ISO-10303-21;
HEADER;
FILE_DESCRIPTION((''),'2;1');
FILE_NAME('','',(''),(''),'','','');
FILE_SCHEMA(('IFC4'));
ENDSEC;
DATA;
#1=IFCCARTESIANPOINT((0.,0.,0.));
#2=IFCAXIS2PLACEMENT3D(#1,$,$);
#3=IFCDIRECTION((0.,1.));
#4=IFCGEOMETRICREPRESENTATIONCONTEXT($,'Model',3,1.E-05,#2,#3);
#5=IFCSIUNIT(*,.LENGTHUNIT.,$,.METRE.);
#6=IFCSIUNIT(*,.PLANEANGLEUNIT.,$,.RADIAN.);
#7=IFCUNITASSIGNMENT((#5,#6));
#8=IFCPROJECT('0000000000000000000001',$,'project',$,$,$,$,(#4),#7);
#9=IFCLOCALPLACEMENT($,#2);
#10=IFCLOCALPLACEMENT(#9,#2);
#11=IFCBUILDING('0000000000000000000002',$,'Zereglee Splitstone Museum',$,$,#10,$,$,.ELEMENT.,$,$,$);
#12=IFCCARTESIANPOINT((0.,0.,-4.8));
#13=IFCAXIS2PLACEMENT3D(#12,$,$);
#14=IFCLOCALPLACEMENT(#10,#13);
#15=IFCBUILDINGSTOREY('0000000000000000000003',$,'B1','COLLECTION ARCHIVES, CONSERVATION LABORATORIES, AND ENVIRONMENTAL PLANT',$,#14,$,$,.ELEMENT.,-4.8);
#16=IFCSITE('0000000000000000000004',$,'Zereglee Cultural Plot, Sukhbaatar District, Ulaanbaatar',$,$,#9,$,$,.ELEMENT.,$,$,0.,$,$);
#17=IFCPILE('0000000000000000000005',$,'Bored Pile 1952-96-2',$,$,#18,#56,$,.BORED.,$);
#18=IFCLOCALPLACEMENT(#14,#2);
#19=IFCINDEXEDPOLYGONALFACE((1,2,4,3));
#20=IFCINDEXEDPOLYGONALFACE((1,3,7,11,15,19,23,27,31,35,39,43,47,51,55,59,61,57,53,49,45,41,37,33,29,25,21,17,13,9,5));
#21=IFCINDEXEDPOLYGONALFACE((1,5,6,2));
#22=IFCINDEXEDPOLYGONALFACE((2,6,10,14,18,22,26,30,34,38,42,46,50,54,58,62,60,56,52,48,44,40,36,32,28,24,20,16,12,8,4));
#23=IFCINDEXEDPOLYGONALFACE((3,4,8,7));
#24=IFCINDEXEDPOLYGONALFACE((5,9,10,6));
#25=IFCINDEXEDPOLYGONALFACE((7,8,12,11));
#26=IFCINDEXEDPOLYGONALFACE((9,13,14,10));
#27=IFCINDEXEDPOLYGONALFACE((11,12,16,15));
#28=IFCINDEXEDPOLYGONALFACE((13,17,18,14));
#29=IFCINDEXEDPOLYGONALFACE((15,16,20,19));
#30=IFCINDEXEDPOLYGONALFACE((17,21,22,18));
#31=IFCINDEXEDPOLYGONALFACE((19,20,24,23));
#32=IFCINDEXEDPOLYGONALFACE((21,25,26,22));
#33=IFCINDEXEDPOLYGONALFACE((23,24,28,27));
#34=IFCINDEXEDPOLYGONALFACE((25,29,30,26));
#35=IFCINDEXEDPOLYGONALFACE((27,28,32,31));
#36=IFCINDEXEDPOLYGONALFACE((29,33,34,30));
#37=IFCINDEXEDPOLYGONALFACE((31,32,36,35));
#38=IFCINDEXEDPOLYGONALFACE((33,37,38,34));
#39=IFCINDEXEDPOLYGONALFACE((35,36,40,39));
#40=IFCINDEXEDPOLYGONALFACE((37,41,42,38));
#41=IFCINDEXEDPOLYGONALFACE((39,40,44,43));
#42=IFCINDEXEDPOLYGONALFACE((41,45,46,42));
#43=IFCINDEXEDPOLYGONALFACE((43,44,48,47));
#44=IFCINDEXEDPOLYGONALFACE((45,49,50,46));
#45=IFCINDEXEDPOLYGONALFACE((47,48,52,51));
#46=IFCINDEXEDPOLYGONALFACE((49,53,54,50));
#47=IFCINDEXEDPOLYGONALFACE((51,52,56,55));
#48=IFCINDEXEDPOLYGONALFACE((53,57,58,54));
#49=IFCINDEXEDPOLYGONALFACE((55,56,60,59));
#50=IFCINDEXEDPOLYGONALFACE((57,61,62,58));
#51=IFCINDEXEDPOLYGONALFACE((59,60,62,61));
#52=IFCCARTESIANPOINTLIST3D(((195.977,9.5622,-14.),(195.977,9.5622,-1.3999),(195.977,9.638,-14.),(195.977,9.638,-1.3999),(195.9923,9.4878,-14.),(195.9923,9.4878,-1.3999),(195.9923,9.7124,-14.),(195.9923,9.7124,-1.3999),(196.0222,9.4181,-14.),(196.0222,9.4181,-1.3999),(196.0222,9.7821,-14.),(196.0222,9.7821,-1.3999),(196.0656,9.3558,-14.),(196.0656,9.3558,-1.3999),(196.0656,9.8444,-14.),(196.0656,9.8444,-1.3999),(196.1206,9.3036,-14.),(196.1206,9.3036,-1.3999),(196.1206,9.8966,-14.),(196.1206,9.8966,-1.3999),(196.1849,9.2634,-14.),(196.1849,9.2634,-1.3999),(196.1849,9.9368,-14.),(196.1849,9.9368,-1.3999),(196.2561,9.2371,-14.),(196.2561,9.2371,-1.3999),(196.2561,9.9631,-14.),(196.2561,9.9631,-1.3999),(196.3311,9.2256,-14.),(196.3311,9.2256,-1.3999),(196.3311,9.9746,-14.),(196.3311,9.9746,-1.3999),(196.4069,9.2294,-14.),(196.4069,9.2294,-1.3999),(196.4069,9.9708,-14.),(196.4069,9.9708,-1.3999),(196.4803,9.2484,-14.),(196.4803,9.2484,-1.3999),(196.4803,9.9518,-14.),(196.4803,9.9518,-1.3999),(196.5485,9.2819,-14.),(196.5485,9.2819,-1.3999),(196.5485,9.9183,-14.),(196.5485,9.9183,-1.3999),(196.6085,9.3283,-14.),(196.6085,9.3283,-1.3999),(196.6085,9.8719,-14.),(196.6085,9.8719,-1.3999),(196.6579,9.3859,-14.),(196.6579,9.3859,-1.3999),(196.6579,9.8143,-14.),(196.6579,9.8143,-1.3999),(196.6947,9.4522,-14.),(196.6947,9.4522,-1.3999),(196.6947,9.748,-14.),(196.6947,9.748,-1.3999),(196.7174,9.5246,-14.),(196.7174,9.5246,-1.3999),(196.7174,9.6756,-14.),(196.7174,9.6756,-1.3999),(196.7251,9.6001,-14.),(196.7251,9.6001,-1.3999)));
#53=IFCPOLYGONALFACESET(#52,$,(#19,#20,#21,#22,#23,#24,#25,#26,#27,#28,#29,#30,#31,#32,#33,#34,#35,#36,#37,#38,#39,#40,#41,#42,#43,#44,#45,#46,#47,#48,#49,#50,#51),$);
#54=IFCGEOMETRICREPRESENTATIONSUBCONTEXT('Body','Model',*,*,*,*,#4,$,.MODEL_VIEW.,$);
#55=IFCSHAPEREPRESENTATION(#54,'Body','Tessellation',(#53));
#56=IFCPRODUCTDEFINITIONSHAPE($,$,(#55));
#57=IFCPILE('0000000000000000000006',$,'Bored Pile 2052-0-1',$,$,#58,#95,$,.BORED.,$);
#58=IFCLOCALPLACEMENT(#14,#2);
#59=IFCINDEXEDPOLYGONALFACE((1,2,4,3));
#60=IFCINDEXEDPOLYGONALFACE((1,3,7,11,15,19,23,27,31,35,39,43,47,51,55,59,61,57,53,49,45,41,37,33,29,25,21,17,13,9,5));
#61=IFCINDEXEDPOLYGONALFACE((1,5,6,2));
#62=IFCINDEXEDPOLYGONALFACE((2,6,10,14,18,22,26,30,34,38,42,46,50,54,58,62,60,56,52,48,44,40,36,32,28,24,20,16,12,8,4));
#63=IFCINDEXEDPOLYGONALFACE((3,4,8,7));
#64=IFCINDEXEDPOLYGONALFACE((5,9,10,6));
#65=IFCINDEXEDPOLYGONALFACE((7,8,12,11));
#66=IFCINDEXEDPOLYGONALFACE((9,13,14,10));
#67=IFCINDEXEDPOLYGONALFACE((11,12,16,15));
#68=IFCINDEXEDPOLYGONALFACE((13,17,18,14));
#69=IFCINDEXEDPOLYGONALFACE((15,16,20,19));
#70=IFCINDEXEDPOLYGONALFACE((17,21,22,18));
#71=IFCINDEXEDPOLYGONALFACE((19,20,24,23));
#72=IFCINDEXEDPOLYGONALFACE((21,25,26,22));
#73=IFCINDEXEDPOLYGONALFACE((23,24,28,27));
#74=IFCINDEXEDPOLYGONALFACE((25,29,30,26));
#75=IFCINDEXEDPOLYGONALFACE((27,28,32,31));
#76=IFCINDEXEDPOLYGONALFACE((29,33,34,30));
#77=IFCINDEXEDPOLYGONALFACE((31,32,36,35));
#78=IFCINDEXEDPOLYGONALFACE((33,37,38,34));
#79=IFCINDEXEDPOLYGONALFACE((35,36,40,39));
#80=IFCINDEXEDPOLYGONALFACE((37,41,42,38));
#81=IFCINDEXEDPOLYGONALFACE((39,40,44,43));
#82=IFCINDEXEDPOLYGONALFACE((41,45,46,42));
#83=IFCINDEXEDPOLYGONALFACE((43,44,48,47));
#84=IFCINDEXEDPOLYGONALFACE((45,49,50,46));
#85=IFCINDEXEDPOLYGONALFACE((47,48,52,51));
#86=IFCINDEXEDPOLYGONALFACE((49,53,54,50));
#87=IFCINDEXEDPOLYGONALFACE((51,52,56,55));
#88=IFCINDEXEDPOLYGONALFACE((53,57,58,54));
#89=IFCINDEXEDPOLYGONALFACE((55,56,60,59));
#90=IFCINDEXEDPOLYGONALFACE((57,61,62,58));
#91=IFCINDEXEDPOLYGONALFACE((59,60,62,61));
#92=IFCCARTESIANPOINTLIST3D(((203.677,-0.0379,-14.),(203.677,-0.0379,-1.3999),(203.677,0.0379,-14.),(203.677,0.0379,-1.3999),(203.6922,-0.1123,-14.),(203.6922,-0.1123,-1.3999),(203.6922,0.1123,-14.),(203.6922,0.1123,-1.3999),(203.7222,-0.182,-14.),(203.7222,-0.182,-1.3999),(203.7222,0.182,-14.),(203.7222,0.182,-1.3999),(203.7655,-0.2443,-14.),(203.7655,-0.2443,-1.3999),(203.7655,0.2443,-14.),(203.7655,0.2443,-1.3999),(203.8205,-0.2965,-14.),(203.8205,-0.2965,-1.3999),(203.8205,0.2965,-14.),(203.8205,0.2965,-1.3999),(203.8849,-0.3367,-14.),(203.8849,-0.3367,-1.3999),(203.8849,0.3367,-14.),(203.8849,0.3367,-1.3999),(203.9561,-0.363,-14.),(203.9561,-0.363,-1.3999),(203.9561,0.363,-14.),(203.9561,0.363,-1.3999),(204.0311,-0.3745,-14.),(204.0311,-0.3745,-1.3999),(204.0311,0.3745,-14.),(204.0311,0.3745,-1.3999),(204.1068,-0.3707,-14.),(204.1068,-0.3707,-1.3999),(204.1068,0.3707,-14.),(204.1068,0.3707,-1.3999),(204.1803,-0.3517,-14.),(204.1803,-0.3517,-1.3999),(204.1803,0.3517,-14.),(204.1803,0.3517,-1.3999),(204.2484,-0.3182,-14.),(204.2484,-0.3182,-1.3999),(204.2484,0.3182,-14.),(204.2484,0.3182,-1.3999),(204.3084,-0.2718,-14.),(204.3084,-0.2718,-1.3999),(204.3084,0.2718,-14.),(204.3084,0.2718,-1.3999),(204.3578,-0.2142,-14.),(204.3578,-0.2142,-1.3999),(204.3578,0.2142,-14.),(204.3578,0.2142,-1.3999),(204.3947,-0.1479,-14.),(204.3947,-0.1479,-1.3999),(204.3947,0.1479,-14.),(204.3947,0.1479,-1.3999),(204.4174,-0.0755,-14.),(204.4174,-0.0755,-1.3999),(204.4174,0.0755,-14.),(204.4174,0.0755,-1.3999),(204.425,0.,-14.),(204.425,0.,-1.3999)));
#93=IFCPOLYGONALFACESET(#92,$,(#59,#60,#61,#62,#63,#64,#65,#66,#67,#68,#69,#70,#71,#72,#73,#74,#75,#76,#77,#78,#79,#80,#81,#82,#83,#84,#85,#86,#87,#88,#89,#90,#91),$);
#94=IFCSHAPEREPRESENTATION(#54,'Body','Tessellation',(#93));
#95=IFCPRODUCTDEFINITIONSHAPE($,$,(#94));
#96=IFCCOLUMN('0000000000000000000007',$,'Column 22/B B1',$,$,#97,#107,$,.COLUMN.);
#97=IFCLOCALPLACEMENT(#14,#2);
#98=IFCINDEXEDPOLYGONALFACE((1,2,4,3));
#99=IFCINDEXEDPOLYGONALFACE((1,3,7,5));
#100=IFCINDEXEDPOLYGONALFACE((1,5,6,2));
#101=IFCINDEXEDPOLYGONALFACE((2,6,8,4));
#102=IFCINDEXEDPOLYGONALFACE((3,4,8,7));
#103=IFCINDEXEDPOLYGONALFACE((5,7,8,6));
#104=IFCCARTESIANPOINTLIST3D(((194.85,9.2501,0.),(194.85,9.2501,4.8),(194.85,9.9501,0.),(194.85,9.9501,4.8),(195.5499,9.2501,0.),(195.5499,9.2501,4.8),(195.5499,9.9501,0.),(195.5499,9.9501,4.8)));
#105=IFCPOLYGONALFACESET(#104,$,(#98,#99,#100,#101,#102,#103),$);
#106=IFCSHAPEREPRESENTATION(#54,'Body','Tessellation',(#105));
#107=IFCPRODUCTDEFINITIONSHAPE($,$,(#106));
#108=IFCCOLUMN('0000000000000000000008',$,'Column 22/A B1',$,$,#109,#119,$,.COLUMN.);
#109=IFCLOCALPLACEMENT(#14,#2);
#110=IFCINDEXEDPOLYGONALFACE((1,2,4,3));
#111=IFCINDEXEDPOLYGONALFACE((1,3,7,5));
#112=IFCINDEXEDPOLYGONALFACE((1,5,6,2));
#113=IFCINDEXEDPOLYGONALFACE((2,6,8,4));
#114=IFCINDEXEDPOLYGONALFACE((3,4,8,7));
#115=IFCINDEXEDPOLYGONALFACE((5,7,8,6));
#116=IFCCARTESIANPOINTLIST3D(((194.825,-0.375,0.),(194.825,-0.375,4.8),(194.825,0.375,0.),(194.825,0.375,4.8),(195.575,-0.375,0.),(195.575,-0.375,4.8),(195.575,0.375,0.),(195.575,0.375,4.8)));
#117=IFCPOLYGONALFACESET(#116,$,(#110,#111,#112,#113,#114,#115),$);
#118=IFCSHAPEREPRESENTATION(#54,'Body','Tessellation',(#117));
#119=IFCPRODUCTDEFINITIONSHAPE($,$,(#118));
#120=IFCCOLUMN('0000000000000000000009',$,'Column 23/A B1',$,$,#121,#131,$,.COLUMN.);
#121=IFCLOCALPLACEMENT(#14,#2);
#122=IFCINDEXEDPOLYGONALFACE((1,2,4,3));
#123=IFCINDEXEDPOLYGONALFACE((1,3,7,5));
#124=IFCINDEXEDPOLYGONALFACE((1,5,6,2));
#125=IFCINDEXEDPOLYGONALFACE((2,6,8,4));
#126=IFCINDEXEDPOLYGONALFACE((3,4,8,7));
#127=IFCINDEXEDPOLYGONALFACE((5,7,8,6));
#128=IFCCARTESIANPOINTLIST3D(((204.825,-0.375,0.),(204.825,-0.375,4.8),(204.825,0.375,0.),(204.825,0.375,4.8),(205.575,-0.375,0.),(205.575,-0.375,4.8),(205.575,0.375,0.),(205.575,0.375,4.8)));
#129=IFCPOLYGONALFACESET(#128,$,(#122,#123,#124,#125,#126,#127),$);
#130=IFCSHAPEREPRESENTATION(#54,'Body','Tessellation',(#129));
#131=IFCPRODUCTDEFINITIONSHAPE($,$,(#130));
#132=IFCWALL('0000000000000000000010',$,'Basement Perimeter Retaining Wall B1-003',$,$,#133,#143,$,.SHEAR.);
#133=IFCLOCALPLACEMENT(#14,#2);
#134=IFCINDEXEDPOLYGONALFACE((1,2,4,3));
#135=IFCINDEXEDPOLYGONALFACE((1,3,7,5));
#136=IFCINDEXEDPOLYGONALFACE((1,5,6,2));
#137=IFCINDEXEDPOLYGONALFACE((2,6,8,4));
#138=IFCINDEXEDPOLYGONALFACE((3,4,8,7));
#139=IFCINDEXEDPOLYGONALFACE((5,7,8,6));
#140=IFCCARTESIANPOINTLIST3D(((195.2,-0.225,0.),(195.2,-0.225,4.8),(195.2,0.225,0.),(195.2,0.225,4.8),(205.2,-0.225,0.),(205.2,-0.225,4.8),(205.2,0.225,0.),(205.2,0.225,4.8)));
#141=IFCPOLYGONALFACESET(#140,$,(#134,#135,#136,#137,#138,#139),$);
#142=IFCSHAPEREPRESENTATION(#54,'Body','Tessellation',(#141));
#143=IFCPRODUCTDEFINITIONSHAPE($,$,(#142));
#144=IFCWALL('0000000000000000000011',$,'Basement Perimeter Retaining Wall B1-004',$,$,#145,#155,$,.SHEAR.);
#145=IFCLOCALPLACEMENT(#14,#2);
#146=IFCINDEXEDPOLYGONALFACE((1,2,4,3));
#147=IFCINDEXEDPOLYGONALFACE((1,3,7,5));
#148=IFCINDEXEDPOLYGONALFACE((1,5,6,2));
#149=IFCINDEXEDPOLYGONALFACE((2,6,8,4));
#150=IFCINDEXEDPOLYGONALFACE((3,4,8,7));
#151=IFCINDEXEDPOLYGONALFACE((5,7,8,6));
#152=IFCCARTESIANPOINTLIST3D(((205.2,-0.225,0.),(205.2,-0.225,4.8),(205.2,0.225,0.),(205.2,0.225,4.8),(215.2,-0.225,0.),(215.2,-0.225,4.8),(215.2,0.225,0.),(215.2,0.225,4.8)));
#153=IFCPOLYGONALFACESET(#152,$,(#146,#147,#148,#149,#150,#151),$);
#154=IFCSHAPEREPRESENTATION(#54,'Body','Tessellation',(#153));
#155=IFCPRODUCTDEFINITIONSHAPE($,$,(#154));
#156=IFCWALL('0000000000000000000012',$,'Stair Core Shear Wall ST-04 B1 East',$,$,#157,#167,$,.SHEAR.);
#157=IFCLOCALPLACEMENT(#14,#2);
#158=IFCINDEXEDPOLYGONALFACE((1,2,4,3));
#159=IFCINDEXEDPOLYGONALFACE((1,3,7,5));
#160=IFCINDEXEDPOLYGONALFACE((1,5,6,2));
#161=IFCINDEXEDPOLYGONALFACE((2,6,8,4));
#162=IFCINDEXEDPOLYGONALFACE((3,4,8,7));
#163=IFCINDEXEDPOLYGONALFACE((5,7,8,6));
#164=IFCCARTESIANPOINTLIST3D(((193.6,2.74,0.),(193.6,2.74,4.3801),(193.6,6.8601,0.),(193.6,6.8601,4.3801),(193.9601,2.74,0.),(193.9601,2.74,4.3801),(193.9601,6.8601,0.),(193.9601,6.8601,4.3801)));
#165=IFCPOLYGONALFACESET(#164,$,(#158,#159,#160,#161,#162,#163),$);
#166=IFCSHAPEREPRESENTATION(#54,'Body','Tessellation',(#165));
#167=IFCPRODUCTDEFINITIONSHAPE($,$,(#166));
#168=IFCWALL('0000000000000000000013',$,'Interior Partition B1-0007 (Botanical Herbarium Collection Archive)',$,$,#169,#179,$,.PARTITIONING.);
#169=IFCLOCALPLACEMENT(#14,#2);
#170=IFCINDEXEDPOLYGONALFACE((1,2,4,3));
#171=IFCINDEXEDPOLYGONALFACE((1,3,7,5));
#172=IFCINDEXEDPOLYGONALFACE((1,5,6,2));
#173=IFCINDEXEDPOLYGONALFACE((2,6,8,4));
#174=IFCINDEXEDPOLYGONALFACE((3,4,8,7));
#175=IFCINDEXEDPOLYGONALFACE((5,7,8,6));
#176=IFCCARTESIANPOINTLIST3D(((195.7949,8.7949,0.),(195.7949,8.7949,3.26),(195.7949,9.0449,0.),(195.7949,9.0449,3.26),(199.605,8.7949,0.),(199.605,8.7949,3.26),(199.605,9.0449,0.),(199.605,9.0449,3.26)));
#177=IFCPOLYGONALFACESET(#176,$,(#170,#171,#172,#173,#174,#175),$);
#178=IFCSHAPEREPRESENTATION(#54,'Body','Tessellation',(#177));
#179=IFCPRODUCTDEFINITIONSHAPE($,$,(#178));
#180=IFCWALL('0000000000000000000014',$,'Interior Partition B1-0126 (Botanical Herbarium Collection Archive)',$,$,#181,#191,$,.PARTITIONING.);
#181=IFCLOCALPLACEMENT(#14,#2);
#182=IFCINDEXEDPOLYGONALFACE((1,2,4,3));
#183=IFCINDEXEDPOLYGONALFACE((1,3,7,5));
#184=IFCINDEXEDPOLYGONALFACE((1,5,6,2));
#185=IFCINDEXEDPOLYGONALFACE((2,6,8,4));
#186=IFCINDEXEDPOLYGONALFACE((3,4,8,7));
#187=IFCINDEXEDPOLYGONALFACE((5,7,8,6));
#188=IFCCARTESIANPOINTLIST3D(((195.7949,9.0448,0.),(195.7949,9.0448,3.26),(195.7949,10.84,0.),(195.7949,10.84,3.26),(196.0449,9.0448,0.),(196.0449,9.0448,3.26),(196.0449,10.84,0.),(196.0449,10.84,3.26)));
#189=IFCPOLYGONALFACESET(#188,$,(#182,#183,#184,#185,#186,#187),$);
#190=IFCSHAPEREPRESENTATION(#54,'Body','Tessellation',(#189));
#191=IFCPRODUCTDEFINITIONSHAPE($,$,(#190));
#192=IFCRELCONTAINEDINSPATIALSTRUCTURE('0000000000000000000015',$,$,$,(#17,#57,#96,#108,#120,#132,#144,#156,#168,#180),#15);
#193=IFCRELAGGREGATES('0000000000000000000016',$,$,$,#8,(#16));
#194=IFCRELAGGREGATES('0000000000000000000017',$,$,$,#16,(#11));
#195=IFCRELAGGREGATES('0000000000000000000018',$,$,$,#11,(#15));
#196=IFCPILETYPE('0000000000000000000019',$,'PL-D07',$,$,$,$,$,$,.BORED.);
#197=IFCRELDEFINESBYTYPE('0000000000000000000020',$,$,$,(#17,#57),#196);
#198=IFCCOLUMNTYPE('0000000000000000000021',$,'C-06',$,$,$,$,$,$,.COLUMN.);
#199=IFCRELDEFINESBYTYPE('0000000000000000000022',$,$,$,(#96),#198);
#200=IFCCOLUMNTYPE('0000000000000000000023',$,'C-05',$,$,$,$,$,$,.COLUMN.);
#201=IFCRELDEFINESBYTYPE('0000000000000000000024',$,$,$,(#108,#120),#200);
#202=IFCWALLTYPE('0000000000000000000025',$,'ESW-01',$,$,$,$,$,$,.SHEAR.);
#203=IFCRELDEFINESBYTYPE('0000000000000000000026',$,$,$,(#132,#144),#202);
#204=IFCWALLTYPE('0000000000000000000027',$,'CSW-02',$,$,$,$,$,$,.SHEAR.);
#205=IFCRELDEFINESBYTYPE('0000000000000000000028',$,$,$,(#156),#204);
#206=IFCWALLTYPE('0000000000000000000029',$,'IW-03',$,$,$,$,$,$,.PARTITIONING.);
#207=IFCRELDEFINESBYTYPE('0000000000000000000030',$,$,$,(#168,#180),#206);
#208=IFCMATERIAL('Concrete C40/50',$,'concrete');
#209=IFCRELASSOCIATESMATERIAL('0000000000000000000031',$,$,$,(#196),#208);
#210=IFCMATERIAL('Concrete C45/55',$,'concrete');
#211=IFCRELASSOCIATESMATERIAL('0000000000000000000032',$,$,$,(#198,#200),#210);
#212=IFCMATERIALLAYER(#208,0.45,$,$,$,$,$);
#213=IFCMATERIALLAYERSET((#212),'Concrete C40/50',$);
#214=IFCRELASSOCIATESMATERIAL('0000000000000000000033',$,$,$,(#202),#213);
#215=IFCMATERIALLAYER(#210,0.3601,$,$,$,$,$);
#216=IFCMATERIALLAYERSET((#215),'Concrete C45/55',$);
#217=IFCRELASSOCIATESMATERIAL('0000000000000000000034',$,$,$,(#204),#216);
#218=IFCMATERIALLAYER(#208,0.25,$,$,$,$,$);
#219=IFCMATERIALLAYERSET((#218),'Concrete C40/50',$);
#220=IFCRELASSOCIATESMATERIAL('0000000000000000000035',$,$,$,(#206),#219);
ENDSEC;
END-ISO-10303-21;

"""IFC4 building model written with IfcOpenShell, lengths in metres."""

from ifc_helpers import new_model, si_unit, direction, frame, frame_2d, origin, origin_2d, place, context, subcontext, project, spatial, rectangle, circle, extrude, material, layer, layer_set, material_profile, profile_set, type_object, element, save


model = new_model("IFC4")

# Units and contexts
model_context = context("Model", 3, precision=1e-05, world=origin(), true_north=direction((0.0, 1.0)))
body_context = subcontext(model_context, "Body", "Model", "MODEL_VIEW")
ifc_project = project(units=[si_unit("LENGTHUNIT", "METRE"), si_unit("PLANEANGLEUNIT", "RADIAN")], contexts=[model_context])

# Site, building, storey
site_placement = place(None, origin())
site = spatial("IfcSite", under=ifc_project, at=site_placement, Name="Zereglee Cultural Plot, Sukhbaatar District, Ulaanbaatar", CompositionType="ELEMENT", RefElevation=0.0)
building_placement = place(site_placement, origin())
building = spatial("IfcBuilding", under=site, at=building_placement, Name="Zereglee Splitstone Museum", CompositionType="ELEMENT")
storey_placement = place(building_placement, frame((0.0, 0.0, -4.8)))
storey = spatial("IfcBuildingStorey", under=building, at=storey_placement, Name="B1", Description="COLLECTION ARCHIVES, CONSERVATION LABORATORIES, AND ENVIRONMENTAL PLANT", CompositionType="ELEMENT", Elevation=-4.8)

# Shared definitions
ifc_material_1 = material(Name="Concrete C40/50", Category="concrete")

# Piles
ifc_material_profile_1 = material_profile(ifc_material_1, circle(Radius=0.375, at=origin_2d()), Name="PILE D750")
ifc_profile_set_1 = profile_set([ifc_material_profile_1], Name="Concrete C40/50")
pile_type = type_object("IfcPileType", Name="PL-D07", PredefinedType="BORED", material=ifc_profile_set_1)
for number, where, z_axis, x_axis, name in (
    (1, (196.3501, 9.6001, -1.3999), (0.0, 0.0, -1.0), (1.0, 0.0, 0.0), "Bored Pile 1952-96-2"),
    (2, (204.05, 0.0, -1.3999), (0.0, 0.0, -1.0), (1.0, 0.0, 0.0), "Bored Pile 2052-0-1"),
):
    element("IfcPile", number, at=place(storey_placement, frame(where, z_axis=z_axis, x_axis=x_axis)), inside=storey, type_object=pile_type, Name=name, PredefinedType="BORED", context=body_context, shape_type="SweptSolid", body=[
        extrude(circle(Radius=0.375, at=origin_2d()), origin(), (0.0, 0.0, 1.0), 12.6001),
    ])

# Columns
ifc_material_2 = material(Name="Concrete C45/55", Category="concrete")
ifc_material_profile_2 = material_profile(ifc_material_2, rectangle(XDim=0.7, YDim=0.7, at=origin_2d()), Name="RC 700x700")
ifc_profile_set_2 = profile_set([ifc_material_profile_2], Name="Concrete C45/55")
column_type_1 = type_object("IfcColumnType", Name="C-06", PredefinedType="COLUMN", material=ifc_profile_set_2)
column_placement = place(storey_placement, frame((195.2, 9.6001, 0.0), z_axis=(0.0, 0.0, 1.0), x_axis=(1.0, 0.0, 0.0)))
element("IfcColumn", 3, at=column_placement, inside=storey, type_object=column_type_1, Name="Column 22/B B1", PredefinedType="COLUMN", context=body_context, shape_type="SweptSolid", body=[
    extrude(rectangle(XDim=0.7, YDim=0.7, at=origin_2d()), origin(), (0.0, 0.0, 1.0), 4.8),
])
ifc_material_profile_3 = material_profile(ifc_material_2, rectangle(XDim=0.75, YDim=0.75, at=origin_2d()), Name="RC 750x750")
ifc_profile_set_3 = profile_set([ifc_material_profile_3], Name="Concrete C45/55")
column_type_2 = type_object("IfcColumnType", Name="C-05", PredefinedType="COLUMN", material=ifc_profile_set_3)
for number, where, z_axis, x_axis, name in (
    (4, (195.2, 0.0, 0.0), (0.0, 0.0, 1.0), (1.0, 0.0, 0.0), "Column 22/A B1"),
    (5, (205.2, 0.0, 0.0), (0.0, 0.0, 1.0), (1.0, 0.0, 0.0), "Column 23/A B1"),
):
    element("IfcColumn", number, at=place(storey_placement, frame(where, z_axis=z_axis, x_axis=x_axis)), inside=storey, type_object=column_type_2, Name=name, PredefinedType="COLUMN", context=body_context, shape_type="SweptSolid", body=[
        extrude(rectangle(XDim=0.75, YDim=0.75, at=origin_2d()), origin(), (0.0, 0.0, 1.0), 4.8),
    ])

# Walls
ifc_layer_1 = layer(ifc_material_1, 0.45)
ifc_layer_set_1 = layer_set([ifc_layer_1], Name="Concrete C40/50")
wall_type_1 = type_object("IfcWallType", Name="ESW-01", PredefinedType="SHEAR", material=ifc_layer_set_1)
for number, where, z_axis, x_axis, name in (
    (6, (195.2, 0.0, 0.0), (0.0, 0.0, 1.0), (1.0, 0.0, 0.0), "Basement Perimeter Retaining Wall B1-003"),
    (7, (205.2, 0.0, 0.0), (0.0, 0.0, 1.0), (1.0, 0.0, 0.0), "Basement Perimeter Retaining Wall B1-004"),
):
    element("IfcWall", number, at=place(storey_placement, frame(where, z_axis=z_axis, x_axis=x_axis)), inside=storey, type_object=wall_type_1, Name=name, PredefinedType="SHEAR", context=body_context, shape_type="SweptSolid", body=[
        extrude(rectangle(XDim=10.0, YDim=0.45, at=frame_2d((5.0, 0.0))), origin(), (0.0, 0.0, 1.0), 4.8),
    ])
ifc_layer_2 = layer(ifc_material_2, 0.3601)
ifc_layer_set_2 = layer_set([ifc_layer_2], Name="Concrete C45/55")
wall_type_2 = type_object("IfcWallType", Name="CSW-02", PredefinedType="SHEAR", material=ifc_layer_set_2)
wall_1_placement = place(storey_placement, frame((193.78, 2.74, 0.0), z_axis=(0.0, 0.0, 1.0), x_axis=(0.0, 1.0, 0.0)))
element("IfcWall", 8, at=wall_1_placement, inside=storey, type_object=wall_type_2, Name="Stair Core Shear Wall ST-04 B1 East", PredefinedType="SHEAR", context=body_context, shape_type="SweptSolid", body=[
    extrude(rectangle(XDim=4.1201, YDim=0.3601, at=frame_2d((2.0601, 0.0))), origin(), (0.0, 0.0, 1.0), 4.3801),
])
ifc_layer_3 = layer(ifc_material_1, 0.25)
ifc_layer_set_3 = layer_set([ifc_layer_3], Name="Concrete C40/50")
wall_type_3 = type_object("IfcWallType", Name="IW-03", PredefinedType="PARTITIONING", material=ifc_layer_set_3)
wall_2_placement = place(storey_placement, frame((195.7949, 8.9199, 0.0), z_axis=(0.0, 0.0, 1.0), x_axis=(1.0, 0.0, 0.0)))
element("IfcWall", 9, at=wall_2_placement, inside=storey, type_object=wall_type_3, Name="Interior Partition B1-0007 (Botanical Herbarium Collection Archive)", PredefinedType="PARTITIONING", context=body_context, shape_type="SweptSolid", body=[
    extrude(rectangle(XDim=3.8101, YDim=0.25, at=frame_2d((1.905, 0.0))), origin(), (0.0, 0.0, 1.0), 3.26),
])
for number, where, z_axis, x_axis, name in (
    (10, (195.9199, 9.0449, 0.0), (0.0, 0.0, 1.0), (0.0, 1.0, 0.0), "Interior Partition B1-0126 (Botanical Herbarium Collection Archive)"),
):
    element("IfcWall", number, at=place(storey_placement, frame(where, z_axis=z_axis, x_axis=x_axis)), inside=storey, type_object=wall_type_3, Name=name, PredefinedType="PARTITIONING", context=body_context, shape_type="SweptSolid", body=[
        extrude(rectangle(XDim=1.7952, YDim=0.25, at=frame_2d((0.8975, 0.0))), origin(), (0.0, 0.0, 1.0), 3.26),
    ])

save(model, "model.ifc")
